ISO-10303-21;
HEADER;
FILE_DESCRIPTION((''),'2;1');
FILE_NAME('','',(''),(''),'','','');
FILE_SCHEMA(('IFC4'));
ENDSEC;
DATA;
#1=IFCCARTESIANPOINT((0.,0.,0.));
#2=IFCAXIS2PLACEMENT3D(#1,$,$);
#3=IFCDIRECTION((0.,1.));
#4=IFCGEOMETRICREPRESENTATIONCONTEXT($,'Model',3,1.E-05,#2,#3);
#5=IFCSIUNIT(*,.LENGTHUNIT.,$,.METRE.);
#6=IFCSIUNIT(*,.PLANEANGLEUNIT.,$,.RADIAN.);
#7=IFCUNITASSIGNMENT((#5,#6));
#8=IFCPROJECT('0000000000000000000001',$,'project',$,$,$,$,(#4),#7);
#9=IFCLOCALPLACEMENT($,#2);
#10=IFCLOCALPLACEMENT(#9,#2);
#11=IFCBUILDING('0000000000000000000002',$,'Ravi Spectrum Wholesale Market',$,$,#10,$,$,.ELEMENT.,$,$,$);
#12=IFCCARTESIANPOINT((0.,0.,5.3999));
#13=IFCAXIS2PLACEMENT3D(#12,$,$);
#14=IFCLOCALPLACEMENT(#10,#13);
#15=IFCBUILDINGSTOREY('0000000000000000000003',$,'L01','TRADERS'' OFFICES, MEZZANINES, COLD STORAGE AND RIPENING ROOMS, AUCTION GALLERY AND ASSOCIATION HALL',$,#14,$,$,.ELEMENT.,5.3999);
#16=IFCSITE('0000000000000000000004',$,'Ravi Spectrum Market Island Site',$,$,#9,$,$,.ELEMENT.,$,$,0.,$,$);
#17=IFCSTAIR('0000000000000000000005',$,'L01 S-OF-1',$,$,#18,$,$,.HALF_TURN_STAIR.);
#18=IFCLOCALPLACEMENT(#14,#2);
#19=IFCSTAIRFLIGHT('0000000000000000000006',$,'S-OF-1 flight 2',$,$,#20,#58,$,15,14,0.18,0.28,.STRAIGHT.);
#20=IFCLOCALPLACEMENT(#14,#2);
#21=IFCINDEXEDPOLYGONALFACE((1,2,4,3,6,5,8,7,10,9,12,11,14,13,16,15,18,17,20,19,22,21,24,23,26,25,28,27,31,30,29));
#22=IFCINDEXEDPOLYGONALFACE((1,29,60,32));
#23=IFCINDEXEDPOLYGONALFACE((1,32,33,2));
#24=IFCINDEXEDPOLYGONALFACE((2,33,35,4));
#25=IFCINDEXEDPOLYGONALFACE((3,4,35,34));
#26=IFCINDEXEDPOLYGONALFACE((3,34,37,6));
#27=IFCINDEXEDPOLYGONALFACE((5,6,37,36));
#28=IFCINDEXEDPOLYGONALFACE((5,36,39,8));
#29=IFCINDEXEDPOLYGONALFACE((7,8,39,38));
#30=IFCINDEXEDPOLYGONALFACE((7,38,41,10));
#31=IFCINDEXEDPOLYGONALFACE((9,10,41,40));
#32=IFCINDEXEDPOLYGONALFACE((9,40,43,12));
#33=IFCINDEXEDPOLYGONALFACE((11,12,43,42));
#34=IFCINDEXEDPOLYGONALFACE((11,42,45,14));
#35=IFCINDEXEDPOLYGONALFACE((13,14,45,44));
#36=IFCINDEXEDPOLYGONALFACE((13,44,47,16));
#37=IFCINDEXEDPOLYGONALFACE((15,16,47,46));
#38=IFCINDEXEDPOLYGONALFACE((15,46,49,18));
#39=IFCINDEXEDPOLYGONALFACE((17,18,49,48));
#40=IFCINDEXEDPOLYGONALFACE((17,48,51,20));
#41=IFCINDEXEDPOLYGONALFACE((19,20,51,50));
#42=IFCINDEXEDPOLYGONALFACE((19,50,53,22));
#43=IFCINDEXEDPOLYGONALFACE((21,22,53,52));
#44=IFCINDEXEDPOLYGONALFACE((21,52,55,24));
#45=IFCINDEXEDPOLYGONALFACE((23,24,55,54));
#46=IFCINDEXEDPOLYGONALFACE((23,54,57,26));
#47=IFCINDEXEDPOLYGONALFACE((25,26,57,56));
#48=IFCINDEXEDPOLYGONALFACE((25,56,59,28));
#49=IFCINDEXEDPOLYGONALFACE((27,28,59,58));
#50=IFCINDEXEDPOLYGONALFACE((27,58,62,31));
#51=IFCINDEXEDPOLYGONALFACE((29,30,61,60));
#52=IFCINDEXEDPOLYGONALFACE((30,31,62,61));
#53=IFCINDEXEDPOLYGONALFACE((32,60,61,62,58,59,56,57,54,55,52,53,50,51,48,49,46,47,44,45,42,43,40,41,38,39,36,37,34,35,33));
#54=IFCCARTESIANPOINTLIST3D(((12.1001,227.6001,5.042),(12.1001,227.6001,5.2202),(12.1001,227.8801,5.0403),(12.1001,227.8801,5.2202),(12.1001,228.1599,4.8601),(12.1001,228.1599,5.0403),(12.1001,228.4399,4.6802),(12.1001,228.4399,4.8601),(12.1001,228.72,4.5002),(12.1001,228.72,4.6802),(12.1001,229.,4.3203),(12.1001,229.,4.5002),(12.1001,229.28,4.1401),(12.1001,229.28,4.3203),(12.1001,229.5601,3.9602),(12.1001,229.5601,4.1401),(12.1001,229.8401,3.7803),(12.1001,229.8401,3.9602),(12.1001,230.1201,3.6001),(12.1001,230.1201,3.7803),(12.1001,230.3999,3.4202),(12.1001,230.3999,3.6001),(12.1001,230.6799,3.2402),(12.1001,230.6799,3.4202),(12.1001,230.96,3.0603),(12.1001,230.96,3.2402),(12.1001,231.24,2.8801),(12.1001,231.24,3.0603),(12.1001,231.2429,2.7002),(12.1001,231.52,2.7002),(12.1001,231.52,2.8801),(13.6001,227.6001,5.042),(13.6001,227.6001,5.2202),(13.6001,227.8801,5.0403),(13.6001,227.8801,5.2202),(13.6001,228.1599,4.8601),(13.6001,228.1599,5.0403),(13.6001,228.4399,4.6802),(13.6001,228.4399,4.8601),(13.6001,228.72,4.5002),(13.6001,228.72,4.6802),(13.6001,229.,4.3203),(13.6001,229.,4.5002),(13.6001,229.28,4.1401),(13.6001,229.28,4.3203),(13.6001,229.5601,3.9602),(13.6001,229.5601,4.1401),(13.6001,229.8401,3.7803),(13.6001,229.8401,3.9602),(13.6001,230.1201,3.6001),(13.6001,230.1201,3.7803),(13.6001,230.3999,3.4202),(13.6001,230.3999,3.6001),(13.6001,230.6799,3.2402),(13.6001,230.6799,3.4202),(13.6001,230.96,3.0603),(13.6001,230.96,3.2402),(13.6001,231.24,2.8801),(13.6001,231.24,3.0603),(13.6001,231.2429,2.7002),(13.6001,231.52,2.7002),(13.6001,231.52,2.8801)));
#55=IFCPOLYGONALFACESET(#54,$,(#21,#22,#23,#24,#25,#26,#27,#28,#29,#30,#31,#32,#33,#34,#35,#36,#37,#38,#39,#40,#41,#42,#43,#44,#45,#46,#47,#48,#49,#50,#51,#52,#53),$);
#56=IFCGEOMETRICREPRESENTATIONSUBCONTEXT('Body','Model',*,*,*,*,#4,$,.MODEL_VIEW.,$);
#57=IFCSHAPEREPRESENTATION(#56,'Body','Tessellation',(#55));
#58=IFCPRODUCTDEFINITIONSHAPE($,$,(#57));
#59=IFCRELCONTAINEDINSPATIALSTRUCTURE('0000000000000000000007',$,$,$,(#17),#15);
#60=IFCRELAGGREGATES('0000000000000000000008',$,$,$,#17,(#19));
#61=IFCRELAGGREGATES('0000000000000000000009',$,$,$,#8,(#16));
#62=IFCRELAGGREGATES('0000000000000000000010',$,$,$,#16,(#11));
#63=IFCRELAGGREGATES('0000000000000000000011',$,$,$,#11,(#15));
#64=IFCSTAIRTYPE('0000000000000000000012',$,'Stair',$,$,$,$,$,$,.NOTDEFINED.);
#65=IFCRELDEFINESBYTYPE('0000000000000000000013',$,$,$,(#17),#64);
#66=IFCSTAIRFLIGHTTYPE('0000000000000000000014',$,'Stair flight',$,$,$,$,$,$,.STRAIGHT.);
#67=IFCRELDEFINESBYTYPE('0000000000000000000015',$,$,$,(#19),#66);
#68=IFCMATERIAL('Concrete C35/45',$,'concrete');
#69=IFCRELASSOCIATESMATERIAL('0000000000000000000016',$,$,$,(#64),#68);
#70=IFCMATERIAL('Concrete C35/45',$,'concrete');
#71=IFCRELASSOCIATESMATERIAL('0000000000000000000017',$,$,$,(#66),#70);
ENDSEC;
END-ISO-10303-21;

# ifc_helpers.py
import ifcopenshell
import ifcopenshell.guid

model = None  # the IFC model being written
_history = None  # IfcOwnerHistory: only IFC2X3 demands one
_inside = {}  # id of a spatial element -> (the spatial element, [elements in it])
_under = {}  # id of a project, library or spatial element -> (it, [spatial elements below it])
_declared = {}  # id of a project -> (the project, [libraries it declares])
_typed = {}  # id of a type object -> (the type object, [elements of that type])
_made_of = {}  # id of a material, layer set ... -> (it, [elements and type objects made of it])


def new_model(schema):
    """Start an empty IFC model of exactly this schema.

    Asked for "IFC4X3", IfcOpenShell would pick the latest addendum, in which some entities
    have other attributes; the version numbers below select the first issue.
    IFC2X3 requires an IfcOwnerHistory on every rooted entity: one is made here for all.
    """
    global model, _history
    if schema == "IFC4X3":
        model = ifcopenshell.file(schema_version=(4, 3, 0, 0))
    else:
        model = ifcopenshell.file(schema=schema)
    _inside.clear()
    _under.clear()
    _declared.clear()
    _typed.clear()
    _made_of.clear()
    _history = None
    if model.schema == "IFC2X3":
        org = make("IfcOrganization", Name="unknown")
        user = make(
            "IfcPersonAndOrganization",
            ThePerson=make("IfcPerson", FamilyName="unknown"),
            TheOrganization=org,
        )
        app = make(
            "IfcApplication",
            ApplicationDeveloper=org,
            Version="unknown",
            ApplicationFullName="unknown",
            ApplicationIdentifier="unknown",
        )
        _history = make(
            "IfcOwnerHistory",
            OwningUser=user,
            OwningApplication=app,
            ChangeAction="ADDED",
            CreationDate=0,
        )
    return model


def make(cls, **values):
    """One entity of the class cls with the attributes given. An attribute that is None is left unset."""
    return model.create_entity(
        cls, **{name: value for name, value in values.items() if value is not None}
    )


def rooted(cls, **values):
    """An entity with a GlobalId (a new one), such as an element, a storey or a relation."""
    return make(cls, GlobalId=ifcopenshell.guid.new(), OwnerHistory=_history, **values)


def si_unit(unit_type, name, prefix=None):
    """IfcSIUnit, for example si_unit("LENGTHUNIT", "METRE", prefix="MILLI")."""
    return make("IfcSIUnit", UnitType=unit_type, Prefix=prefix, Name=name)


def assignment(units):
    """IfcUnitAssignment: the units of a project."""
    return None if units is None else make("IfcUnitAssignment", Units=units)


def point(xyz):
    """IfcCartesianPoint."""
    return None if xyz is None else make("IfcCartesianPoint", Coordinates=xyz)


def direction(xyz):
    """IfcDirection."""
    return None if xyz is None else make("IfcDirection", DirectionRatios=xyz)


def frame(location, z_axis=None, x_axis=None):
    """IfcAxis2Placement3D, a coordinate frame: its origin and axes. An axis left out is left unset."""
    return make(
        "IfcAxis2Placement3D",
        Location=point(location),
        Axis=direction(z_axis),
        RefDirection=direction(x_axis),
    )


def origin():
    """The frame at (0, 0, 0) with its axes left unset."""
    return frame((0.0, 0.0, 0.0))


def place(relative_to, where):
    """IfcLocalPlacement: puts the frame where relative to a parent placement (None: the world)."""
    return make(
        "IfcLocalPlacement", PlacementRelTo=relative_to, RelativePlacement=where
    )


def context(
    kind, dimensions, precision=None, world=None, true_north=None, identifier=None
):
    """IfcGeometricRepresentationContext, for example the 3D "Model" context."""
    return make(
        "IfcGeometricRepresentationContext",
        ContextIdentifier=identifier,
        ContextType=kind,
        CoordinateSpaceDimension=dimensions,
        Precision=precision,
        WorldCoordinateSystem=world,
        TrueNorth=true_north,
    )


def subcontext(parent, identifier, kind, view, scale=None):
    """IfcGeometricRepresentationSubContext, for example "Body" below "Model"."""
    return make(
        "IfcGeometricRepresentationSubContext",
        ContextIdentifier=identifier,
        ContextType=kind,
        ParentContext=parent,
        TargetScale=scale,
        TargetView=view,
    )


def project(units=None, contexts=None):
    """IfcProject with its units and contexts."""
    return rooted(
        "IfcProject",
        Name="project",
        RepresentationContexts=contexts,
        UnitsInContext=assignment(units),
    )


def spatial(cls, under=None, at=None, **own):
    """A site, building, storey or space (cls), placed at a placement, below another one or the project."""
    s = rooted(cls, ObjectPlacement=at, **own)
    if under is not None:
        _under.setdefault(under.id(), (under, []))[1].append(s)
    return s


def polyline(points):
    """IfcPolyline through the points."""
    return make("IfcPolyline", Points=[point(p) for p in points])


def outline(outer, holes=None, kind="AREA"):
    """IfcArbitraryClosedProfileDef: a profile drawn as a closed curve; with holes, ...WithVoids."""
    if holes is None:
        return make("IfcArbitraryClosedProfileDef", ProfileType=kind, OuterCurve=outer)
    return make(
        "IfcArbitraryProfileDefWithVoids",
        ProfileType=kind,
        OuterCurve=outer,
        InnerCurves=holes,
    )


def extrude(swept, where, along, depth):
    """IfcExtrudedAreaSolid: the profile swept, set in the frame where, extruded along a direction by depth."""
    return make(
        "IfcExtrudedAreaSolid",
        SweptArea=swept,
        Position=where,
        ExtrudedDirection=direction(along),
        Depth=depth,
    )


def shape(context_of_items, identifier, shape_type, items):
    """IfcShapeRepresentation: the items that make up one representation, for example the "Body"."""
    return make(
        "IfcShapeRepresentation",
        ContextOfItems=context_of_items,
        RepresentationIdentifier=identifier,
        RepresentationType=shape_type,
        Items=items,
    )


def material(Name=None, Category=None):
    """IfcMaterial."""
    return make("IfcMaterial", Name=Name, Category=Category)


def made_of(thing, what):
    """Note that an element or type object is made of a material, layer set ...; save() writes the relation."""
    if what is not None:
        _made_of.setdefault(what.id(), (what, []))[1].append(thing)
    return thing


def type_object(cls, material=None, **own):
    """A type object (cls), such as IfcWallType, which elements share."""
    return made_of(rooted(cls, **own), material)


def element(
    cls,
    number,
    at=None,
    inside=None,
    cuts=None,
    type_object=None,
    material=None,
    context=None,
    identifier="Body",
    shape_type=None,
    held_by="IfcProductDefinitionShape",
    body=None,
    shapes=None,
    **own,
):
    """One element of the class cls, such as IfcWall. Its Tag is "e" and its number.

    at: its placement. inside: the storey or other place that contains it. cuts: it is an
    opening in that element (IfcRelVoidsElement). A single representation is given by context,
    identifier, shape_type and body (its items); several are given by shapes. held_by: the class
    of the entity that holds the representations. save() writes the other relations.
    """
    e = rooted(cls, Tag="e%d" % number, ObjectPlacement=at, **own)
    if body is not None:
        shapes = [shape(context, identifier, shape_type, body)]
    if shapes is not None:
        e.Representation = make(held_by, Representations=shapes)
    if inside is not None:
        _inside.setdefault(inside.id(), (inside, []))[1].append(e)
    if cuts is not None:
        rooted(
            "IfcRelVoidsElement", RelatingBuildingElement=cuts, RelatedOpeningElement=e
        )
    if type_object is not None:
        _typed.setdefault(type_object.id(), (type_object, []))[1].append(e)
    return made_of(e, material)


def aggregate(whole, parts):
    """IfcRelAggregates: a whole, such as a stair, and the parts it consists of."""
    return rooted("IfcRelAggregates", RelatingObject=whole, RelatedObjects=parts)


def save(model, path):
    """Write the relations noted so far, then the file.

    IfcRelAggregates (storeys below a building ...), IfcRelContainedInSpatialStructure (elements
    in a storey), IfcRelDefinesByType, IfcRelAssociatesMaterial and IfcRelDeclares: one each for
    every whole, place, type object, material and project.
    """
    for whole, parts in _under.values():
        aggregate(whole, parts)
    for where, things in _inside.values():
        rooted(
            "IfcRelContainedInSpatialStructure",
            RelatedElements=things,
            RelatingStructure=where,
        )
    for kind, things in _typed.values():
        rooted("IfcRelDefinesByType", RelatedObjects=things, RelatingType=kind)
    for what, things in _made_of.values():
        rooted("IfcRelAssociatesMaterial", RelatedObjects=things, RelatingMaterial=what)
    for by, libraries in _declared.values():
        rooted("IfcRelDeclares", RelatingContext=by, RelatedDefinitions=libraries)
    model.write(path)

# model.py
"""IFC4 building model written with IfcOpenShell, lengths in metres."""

from ifc_helpers import new_model, si_unit, direction, frame, origin, place, context, subcontext, project, spatial, polyline, outline, extrude, material, type_object, element, aggregate, save


model = new_model("IFC4")

# Units and contexts
model_context = context("Model", 3, precision=1e-05, world=origin(), true_north=direction((0.0, 1.0)))
body_context = subcontext(model_context, "Body", "Model", "MODEL_VIEW")
ifc_project = project(units=[si_unit("LENGTHUNIT", "METRE"), si_unit("PLANEANGLEUNIT", "RADIAN")], contexts=[model_context])

# Site, building, storey
site_placement = place(None, origin())
site = spatial("IfcSite", under=ifc_project, at=site_placement, Name="Ravi Spectrum Market Island Site", CompositionType="ELEMENT", RefElevation=0.0)
building_placement = place(site_placement, origin())
building = spatial("IfcBuilding", under=site, at=building_placement, Name="Ravi Spectrum Wholesale Market", CompositionType="ELEMENT")
storey_placement = place(building_placement, frame((0.0, 0.0, 5.3999)))
storey = spatial("IfcBuildingStorey", under=building, at=storey_placement, Name="L01", Description="TRADERS' OFFICES, MEZZANINES, COLD STORAGE AND RIPENING ROOMS, AUCTION GALLERY AND ASSOCIATION HALL", CompositionType="ELEMENT", Elevation=5.3999)

# Stair, stair flight
ifc_material_1 = material(Name="Concrete C35/45", Category="concrete")
stair_type = type_object("IfcStairType", Name="Stair", PredefinedType="NOTDEFINED", material=ifc_material_1)
stair_placement = place(storey_placement, origin())
stair = element("IfcStair", 1, at=stair_placement, inside=storey, type_object=stair_type, Name="L01 S-OF-1", PredefinedType="HALF_TURN_STAIR")
ifc_material_2 = material(Name="Concrete C35/45", Category="concrete")
stair_flight_type = type_object("IfcStairFlightType", Name="Stair flight", PredefinedType="STRAIGHT", material=ifc_material_2)
stair_flight_1_placement = place(storey_placement, frame((12.8501, 231.52, 2.7002), z_axis=(0.0, 0.0, 1.0), x_axis=(0.0, -1.0, 0.0)))
stair_flight_1 = element("IfcStairFlight", 2, at=stair_flight_1_placement, type_object=stair_flight_type, Name="S-OF-1 flight 2", NumberOfRisers=15, NumberOfTreads=14, PredefinedType="STRAIGHT", RiserHeight=0.18, TreadLength=0.28, context=body_context, shape_type="SweptSolid", body=[
    extrude(outline(polyline([(0.0, 0.0), (0.0, 0.1799), (0.28, 0.1799), (0.28, 0.3601), (0.5601, 0.3601), (0.5601, 0.54), (0.8401, 0.54), (0.8401, 0.72), (1.1201, 0.72), (1.1201, 0.8999), (1.3999, 0.8999), (1.3999, 1.0801), (1.6799, 1.0801), (1.6799, 1.26), (1.96, 1.26), (1.96, 1.4399), (2.24, 1.4399), (2.24, 1.6201), (2.52, 1.6201), (2.52, 1.8), (2.8, 1.8), (2.8, 1.98), (3.0801, 1.98), (3.0801, 2.1599), (3.3601, 2.1599), (3.3601, 2.3401), (3.6399, 2.3401), (3.6399, 2.52), (3.9199, 2.52), (3.9199, 2.7), (3.9199, 2.3418), (0.2771, 0.0), (0.0, 0.0)])), frame((0.0, 0.75, 0.0), z_axis=(0.0, -1.0, 0.0), x_axis=(1.0, 0.0, 0.0)), (0.0, 0.0, 1.0), 1.5),
])
aggregate(stair, [stair_flight_1])

save(model, "model.ifc")
